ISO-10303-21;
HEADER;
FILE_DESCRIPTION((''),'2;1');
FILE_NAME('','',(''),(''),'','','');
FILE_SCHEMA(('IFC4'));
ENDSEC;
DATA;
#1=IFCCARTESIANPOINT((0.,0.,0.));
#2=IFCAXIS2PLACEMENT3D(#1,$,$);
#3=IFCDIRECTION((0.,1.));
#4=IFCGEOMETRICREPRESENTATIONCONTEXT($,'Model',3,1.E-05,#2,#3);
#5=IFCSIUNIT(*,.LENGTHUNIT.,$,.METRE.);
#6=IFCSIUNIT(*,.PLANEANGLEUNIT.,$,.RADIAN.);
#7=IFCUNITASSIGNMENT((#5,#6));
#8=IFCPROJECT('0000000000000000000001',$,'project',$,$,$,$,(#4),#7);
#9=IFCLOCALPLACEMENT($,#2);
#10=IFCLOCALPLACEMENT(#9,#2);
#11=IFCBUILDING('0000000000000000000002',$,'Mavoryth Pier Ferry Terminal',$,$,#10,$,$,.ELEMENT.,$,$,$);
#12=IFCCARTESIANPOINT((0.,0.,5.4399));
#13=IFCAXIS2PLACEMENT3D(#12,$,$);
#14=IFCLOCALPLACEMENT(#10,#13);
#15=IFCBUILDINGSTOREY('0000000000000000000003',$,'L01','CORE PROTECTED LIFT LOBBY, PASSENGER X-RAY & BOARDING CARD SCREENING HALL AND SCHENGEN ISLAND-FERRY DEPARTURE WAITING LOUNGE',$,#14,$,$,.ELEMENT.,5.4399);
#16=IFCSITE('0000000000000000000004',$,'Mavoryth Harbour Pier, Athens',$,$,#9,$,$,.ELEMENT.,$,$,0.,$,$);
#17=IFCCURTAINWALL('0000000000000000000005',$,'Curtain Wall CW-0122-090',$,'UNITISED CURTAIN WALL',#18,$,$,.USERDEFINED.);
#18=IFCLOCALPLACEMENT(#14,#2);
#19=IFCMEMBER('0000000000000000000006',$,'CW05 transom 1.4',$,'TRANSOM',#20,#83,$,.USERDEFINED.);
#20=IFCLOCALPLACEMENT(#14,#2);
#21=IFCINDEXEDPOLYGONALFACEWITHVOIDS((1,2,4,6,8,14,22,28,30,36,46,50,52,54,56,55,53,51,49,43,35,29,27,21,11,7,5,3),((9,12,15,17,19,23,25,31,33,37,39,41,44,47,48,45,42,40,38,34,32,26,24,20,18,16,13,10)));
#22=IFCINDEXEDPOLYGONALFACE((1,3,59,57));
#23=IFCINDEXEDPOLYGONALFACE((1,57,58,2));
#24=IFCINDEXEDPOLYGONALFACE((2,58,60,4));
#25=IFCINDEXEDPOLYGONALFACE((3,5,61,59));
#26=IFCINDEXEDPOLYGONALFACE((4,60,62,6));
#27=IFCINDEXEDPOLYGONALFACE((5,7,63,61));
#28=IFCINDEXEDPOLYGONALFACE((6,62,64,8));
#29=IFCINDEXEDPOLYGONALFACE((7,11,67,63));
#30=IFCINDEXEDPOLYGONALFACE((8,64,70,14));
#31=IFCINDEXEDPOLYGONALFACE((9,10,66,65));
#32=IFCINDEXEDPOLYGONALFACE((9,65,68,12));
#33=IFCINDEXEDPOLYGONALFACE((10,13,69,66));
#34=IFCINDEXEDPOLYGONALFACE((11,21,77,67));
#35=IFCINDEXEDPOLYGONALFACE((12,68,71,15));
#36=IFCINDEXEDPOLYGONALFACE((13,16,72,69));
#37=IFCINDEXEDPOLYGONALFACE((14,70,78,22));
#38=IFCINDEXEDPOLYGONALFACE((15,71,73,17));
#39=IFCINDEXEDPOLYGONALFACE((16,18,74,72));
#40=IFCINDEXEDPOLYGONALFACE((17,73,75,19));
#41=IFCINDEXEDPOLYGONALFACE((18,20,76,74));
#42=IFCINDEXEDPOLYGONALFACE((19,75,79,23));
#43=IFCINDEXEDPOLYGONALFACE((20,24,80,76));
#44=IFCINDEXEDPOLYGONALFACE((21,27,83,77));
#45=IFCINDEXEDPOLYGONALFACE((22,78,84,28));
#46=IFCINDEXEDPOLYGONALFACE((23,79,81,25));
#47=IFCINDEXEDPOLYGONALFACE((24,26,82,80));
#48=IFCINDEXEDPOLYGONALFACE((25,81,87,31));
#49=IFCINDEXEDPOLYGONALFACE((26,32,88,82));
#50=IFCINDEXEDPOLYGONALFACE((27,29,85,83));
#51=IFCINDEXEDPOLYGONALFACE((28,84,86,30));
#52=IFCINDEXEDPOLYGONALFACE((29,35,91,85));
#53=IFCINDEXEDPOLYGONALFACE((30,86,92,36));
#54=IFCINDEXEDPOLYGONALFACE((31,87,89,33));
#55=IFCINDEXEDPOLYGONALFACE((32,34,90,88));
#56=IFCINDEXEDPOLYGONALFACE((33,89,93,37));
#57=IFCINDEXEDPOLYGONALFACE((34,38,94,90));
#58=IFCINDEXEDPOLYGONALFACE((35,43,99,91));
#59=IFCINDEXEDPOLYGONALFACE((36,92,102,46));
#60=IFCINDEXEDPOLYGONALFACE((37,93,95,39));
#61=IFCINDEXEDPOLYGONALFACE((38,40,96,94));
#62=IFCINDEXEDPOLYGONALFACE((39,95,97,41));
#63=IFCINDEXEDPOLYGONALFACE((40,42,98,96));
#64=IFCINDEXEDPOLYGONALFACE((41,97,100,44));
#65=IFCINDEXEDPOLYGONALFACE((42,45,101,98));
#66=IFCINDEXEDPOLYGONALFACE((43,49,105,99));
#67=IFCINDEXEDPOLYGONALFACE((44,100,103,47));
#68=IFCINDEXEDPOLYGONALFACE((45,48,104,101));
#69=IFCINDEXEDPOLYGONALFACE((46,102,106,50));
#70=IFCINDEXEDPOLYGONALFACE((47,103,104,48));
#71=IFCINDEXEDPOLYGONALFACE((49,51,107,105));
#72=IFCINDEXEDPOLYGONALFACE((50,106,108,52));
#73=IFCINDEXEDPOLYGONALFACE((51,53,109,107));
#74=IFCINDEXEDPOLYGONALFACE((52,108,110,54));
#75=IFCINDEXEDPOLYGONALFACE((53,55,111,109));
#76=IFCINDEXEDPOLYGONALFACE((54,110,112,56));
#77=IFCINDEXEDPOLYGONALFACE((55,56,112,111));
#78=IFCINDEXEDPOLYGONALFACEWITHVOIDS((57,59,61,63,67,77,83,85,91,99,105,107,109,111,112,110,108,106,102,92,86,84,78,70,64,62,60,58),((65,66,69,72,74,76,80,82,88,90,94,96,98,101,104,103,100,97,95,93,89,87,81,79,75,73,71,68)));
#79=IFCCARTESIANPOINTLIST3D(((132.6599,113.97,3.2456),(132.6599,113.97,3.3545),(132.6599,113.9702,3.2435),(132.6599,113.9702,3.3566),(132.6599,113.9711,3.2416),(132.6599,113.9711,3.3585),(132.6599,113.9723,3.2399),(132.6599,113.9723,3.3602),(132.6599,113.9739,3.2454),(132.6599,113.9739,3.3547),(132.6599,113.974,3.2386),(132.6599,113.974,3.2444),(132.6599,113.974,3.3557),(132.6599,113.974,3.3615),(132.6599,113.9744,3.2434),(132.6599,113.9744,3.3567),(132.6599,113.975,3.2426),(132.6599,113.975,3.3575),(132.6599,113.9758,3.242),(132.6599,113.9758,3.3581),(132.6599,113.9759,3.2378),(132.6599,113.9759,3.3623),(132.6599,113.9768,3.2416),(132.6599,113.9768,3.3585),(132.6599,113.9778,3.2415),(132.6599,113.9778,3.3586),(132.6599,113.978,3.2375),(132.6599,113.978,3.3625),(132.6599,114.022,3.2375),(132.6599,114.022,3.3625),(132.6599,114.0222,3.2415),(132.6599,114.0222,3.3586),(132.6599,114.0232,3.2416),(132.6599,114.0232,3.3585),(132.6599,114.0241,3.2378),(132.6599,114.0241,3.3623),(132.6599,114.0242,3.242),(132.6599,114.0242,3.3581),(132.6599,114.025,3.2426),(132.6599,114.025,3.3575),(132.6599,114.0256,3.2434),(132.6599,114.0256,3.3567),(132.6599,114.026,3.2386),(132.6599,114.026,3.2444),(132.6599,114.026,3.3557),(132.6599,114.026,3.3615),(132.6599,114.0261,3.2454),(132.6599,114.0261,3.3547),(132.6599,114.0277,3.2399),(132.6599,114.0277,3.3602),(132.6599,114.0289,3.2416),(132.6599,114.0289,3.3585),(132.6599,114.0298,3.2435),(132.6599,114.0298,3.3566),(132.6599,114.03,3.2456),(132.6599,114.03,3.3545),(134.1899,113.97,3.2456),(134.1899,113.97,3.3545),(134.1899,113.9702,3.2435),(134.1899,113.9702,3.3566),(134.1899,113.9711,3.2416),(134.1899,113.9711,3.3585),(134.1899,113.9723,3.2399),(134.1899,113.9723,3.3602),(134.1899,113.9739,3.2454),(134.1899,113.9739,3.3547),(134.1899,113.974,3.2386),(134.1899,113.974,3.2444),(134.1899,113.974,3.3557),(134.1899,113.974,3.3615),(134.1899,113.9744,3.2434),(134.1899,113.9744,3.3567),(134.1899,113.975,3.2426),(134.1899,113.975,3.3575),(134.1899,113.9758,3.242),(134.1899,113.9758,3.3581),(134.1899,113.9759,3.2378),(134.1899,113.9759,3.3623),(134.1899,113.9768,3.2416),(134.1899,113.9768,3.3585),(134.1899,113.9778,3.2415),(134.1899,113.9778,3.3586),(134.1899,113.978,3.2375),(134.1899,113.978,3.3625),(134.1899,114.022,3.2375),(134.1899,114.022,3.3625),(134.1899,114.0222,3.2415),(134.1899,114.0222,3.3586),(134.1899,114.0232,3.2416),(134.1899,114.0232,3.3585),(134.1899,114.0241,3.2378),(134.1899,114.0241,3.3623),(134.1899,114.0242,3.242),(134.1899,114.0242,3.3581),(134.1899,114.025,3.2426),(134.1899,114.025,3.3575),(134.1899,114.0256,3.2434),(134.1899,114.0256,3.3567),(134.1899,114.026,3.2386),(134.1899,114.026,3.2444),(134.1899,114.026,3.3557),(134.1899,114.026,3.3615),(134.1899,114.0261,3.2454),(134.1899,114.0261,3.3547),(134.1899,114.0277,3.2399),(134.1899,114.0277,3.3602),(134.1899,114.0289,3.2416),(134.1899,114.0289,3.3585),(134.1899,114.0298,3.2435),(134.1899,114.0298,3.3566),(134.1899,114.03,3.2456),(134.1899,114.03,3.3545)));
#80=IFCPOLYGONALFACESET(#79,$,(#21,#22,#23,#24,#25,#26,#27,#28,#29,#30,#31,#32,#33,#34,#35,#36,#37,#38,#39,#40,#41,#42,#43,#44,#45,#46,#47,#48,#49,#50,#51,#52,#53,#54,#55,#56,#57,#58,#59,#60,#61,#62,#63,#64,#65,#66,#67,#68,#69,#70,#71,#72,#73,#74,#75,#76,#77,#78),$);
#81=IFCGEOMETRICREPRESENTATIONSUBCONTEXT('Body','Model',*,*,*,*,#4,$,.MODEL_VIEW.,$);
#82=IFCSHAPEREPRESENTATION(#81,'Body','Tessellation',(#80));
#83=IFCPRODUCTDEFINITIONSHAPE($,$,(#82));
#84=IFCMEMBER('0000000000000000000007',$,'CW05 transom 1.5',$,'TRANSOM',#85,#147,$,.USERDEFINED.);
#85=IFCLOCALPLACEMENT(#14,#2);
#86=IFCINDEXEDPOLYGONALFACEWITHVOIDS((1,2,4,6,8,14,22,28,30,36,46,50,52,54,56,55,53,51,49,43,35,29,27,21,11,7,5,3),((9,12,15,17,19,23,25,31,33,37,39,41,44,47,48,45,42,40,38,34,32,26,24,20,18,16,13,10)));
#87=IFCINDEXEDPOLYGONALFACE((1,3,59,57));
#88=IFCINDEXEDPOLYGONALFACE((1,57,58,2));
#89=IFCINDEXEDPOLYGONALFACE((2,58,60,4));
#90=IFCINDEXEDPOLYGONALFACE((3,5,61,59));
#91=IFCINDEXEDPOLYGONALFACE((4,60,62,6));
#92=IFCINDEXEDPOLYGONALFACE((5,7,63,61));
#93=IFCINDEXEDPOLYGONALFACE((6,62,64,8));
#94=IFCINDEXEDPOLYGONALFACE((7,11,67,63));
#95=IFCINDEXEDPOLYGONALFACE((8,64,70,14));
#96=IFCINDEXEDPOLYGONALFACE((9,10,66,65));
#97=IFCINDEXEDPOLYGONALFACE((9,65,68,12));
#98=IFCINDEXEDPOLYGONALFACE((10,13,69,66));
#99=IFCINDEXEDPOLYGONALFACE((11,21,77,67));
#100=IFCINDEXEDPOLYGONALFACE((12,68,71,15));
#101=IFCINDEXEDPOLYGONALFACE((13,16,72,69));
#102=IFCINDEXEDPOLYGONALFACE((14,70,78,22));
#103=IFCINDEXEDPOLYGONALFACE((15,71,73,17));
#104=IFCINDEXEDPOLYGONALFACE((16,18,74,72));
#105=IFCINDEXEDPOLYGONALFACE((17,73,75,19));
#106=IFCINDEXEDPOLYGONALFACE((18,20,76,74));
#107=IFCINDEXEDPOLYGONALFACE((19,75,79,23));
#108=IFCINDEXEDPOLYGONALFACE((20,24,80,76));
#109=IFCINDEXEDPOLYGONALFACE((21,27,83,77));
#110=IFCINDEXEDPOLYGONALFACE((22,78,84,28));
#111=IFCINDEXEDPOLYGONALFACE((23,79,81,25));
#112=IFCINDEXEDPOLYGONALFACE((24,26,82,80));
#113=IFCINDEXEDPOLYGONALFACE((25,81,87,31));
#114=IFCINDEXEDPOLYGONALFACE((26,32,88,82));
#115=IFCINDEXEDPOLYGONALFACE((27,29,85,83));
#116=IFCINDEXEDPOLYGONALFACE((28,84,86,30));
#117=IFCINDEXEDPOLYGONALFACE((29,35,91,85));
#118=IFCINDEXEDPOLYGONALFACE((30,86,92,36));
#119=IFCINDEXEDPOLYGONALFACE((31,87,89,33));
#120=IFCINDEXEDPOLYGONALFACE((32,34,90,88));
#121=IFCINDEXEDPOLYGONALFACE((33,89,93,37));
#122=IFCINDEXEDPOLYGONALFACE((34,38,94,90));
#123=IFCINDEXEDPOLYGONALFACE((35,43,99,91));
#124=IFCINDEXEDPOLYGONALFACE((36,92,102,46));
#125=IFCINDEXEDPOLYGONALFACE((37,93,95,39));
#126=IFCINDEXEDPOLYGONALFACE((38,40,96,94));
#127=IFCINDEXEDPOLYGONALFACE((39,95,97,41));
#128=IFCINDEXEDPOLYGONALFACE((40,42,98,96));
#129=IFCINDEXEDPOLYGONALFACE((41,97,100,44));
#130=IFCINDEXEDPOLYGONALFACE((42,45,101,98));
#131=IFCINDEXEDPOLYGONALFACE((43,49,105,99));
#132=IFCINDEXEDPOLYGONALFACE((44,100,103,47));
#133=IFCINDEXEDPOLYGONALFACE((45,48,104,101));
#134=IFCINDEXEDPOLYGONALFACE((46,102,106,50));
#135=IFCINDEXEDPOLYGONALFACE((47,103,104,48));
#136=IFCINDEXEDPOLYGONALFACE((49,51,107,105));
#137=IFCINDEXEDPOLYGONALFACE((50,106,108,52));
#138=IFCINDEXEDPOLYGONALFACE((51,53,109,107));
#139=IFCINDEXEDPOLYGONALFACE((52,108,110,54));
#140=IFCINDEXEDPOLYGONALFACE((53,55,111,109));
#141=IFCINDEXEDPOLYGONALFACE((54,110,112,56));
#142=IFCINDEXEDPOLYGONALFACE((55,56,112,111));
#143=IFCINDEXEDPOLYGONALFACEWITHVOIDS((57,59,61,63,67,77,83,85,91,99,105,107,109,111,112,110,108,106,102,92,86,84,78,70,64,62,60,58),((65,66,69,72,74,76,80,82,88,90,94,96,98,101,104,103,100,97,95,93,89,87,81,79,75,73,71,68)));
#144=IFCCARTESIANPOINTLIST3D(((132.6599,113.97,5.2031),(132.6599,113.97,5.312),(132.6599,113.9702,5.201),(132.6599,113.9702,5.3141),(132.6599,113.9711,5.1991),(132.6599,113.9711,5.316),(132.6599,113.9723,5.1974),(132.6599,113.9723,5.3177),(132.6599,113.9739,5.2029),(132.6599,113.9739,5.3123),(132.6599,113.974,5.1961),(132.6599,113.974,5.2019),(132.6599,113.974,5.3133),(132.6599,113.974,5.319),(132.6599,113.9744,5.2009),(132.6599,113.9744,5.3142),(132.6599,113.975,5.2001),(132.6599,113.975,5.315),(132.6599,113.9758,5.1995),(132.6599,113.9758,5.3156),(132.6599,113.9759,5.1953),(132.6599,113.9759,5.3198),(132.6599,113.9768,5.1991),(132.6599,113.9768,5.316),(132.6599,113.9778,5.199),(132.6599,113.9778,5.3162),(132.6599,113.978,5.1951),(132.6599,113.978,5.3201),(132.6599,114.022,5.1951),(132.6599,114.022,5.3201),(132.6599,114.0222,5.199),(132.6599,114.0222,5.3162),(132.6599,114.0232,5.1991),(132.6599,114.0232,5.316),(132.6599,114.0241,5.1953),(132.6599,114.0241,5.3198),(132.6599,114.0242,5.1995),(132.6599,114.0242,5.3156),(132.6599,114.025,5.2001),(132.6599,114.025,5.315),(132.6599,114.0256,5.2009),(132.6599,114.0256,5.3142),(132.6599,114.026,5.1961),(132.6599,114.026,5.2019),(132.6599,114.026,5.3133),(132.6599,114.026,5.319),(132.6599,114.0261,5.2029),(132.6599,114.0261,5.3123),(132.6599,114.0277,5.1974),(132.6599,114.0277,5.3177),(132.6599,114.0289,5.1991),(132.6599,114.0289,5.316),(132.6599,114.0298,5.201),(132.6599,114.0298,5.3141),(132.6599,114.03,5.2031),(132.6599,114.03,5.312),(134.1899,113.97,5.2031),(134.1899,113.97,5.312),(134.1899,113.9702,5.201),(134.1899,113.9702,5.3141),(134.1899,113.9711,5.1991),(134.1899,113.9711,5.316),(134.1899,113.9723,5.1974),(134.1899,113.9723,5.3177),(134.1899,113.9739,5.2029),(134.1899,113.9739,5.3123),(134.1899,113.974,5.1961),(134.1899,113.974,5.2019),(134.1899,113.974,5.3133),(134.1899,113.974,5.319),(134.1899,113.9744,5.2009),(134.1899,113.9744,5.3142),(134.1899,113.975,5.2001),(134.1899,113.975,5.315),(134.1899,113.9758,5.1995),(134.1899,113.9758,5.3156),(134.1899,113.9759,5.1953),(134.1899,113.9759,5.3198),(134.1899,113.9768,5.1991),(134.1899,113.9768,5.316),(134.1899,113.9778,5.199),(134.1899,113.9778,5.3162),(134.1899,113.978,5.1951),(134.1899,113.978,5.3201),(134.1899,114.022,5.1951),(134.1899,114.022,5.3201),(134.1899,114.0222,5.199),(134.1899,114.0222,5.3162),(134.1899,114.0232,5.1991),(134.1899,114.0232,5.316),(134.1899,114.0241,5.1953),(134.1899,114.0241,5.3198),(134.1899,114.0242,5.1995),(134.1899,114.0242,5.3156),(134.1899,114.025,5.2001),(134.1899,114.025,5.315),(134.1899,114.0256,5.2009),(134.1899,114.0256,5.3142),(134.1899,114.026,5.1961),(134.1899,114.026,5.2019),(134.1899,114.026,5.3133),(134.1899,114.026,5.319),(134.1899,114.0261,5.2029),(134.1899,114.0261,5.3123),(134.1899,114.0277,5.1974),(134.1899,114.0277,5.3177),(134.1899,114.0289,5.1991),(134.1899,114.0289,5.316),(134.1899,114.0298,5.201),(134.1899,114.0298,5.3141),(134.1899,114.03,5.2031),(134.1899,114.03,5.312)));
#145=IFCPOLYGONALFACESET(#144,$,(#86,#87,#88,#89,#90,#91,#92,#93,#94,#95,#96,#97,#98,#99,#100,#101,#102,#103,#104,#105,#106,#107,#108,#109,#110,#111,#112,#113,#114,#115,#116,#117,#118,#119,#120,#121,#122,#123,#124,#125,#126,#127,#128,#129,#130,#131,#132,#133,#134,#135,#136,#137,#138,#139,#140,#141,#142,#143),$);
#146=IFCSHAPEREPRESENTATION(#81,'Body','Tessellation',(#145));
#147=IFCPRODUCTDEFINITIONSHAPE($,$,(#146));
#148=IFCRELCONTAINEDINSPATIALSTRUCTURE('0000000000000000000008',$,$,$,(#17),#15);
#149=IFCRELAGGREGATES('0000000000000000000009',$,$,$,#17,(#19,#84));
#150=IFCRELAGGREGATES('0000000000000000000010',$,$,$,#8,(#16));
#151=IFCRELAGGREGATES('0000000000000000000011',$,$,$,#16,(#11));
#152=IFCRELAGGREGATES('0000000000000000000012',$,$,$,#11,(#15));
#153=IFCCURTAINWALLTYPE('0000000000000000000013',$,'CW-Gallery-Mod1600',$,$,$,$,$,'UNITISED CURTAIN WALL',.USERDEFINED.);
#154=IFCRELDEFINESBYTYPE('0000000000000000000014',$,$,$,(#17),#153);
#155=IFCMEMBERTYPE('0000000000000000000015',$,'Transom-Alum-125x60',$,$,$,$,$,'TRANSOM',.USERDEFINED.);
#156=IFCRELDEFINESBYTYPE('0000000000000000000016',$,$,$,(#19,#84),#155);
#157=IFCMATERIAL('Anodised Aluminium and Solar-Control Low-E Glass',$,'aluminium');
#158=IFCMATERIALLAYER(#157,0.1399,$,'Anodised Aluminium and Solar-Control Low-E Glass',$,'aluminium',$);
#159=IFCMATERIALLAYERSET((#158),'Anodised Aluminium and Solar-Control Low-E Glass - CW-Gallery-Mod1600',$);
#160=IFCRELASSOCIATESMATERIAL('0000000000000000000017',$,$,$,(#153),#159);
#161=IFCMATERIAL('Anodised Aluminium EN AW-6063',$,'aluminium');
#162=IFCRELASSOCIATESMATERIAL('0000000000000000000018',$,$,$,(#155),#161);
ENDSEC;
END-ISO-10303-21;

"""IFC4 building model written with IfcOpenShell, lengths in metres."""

from ifc_helpers import new_model, si_unit, direction, frame, origin, origin_2d, place, context, subcontext, project, spatial, hollow_rectangle, extrude, material, layer, layer_set, material_profile, profile_set, type_object, element, aggregate, save


model = new_model("IFC4")

# Units and contexts
model_context = context("Model", 3, precision=1e-05, world=origin(), true_north=direction((0.0, 1.0)))
body_context = subcontext(model_context, "Body", "Model", "MODEL_VIEW")
ifc_project = project(units=[si_unit("LENGTHUNIT", "METRE"), si_unit("PLANEANGLEUNIT", "RADIAN")], contexts=[model_context])

# Site, building, storey
site_placement = place(None, origin())
site = spatial("IfcSite", under=ifc_project, at=site_placement, Name="Mavoryth Harbour Pier, Athens", CompositionType="ELEMENT", RefElevation=0.0)
building_placement = place(site_placement, origin())
building = spatial("IfcBuilding", under=site, at=building_placement, Name="Mavoryth Pier Ferry Terminal", CompositionType="ELEMENT")
storey_placement = place(building_placement, frame((0.0, 0.0, 5.4399)))
storey = spatial("IfcBuildingStorey", under=building, at=storey_placement, Name="L01", Description="CORE PROTECTED LIFT LOBBY, PASSENGER X-RAY & BOARDING CARD SCREENING HALL AND SCHENGEN ISLAND-FERRY DEPARTURE WAITING LOUNGE", CompositionType="ELEMENT", Elevation=5.4399)

# Curtain wall
ifc_material_1 = material(Name="Anodised Aluminium and Solar-Control Low-E Glass", Category="aluminium")
ifc_layer_1 = layer(ifc_material_1, 0.1399, Name="Anodised Aluminium and Solar-Control Low-E Glass", Category="aluminium")
ifc_layer_set_1 = layer_set([ifc_layer_1], Name="Anodised Aluminium and Solar-Control Low-E Glass - CW-Gallery-Mod1600")
curtain_wall_type = type_object("IfcCurtainWallType", Name="CW-Gallery-Mod1600", ElementType="UNITISED CURTAIN WALL", PredefinedType="USERDEFINED", material=ifc_layer_set_1)
curtain_wall_1_placement = place(storey_placement, origin())
curtain_wall_1 = element("IfcCurtainWall", 1, at=curtain_wall_1_placement, inside=storey, type_object=curtain_wall_type, Name="Curtain Wall CW-0122-090", ObjectType="UNITISED CURTAIN WALL", PredefinedType="USERDEFINED")
ifc_material_2 = material(Name="Anodised Aluminium EN AW-6063", Category="aluminium")

# Members
ifc_material_profile_1 = material_profile(ifc_material_2, hollow_rectangle(XDim=0.0601, YDim=0.125, WallThickness=0.0039, InnerFilletRadius=0.0039, OuterFilletRadius=0.0081, at=origin_2d()), Name="AL-TRAN 125x60x4", Category="aluminium")
ifc_profile_set_1 = profile_set([ifc_material_profile_1], Name="Anodised Aluminium EN AW-6063 - AL-TRAN 125x60x4")
member_type_1 = type_object("IfcMemberType", Name="Transom-Alum-125x60", ElementType="TRANSOM", PredefinedType="USERDEFINED", material=ifc_profile_set_1)
member_1_placement = place(storey_placement, frame((134.1899, 114.0, 3.3), z_axis=(-1.0, 0.0, 0.0), x_axis=(0.0, -1.0, 0.0)))
member_1 = element("IfcMember", 2, at=member_1_placement, type_object=member_type_1, Name="CW05 transom 1.4", ObjectType="TRANSOM", PredefinedType="USERDEFINED", context=body_context, shape_type="SweptSolid", body=[
    extrude(hollow_rectangle(XDim=0.0601, YDim=0.125, WallThickness=0.0039, InnerFilletRadius=0.0039, OuterFilletRadius=0.0081, at=origin_2d()), origin(), (0.0, 0.0, 1.0), 1.53),
])
member_2_placement = place(storey_placement, frame((134.1899, 114.0, 5.2576), z_axis=(-1.0, 0.0, 0.0), x_axis=(0.0, -1.0, 0.0)))
member_2 = element("IfcMember", 3, at=member_2_placement, type_object=member_type_1, Name="CW05 transom 1.5", ObjectType="TRANSOM", PredefinedType="USERDEFINED", context=body_context, shape_type="SweptSolid", body=[
    extrude(hollow_rectangle(XDim=0.0601, YDim=0.125, WallThickness=0.0039, InnerFilletRadius=0.0039, OuterFilletRadius=0.0081, at=origin_2d()), origin(), (0.0, 0.0, 1.0), 1.53),
])

aggregate(curtain_wall_1, [member_1, member_2])

save(model, "model.ifc")
